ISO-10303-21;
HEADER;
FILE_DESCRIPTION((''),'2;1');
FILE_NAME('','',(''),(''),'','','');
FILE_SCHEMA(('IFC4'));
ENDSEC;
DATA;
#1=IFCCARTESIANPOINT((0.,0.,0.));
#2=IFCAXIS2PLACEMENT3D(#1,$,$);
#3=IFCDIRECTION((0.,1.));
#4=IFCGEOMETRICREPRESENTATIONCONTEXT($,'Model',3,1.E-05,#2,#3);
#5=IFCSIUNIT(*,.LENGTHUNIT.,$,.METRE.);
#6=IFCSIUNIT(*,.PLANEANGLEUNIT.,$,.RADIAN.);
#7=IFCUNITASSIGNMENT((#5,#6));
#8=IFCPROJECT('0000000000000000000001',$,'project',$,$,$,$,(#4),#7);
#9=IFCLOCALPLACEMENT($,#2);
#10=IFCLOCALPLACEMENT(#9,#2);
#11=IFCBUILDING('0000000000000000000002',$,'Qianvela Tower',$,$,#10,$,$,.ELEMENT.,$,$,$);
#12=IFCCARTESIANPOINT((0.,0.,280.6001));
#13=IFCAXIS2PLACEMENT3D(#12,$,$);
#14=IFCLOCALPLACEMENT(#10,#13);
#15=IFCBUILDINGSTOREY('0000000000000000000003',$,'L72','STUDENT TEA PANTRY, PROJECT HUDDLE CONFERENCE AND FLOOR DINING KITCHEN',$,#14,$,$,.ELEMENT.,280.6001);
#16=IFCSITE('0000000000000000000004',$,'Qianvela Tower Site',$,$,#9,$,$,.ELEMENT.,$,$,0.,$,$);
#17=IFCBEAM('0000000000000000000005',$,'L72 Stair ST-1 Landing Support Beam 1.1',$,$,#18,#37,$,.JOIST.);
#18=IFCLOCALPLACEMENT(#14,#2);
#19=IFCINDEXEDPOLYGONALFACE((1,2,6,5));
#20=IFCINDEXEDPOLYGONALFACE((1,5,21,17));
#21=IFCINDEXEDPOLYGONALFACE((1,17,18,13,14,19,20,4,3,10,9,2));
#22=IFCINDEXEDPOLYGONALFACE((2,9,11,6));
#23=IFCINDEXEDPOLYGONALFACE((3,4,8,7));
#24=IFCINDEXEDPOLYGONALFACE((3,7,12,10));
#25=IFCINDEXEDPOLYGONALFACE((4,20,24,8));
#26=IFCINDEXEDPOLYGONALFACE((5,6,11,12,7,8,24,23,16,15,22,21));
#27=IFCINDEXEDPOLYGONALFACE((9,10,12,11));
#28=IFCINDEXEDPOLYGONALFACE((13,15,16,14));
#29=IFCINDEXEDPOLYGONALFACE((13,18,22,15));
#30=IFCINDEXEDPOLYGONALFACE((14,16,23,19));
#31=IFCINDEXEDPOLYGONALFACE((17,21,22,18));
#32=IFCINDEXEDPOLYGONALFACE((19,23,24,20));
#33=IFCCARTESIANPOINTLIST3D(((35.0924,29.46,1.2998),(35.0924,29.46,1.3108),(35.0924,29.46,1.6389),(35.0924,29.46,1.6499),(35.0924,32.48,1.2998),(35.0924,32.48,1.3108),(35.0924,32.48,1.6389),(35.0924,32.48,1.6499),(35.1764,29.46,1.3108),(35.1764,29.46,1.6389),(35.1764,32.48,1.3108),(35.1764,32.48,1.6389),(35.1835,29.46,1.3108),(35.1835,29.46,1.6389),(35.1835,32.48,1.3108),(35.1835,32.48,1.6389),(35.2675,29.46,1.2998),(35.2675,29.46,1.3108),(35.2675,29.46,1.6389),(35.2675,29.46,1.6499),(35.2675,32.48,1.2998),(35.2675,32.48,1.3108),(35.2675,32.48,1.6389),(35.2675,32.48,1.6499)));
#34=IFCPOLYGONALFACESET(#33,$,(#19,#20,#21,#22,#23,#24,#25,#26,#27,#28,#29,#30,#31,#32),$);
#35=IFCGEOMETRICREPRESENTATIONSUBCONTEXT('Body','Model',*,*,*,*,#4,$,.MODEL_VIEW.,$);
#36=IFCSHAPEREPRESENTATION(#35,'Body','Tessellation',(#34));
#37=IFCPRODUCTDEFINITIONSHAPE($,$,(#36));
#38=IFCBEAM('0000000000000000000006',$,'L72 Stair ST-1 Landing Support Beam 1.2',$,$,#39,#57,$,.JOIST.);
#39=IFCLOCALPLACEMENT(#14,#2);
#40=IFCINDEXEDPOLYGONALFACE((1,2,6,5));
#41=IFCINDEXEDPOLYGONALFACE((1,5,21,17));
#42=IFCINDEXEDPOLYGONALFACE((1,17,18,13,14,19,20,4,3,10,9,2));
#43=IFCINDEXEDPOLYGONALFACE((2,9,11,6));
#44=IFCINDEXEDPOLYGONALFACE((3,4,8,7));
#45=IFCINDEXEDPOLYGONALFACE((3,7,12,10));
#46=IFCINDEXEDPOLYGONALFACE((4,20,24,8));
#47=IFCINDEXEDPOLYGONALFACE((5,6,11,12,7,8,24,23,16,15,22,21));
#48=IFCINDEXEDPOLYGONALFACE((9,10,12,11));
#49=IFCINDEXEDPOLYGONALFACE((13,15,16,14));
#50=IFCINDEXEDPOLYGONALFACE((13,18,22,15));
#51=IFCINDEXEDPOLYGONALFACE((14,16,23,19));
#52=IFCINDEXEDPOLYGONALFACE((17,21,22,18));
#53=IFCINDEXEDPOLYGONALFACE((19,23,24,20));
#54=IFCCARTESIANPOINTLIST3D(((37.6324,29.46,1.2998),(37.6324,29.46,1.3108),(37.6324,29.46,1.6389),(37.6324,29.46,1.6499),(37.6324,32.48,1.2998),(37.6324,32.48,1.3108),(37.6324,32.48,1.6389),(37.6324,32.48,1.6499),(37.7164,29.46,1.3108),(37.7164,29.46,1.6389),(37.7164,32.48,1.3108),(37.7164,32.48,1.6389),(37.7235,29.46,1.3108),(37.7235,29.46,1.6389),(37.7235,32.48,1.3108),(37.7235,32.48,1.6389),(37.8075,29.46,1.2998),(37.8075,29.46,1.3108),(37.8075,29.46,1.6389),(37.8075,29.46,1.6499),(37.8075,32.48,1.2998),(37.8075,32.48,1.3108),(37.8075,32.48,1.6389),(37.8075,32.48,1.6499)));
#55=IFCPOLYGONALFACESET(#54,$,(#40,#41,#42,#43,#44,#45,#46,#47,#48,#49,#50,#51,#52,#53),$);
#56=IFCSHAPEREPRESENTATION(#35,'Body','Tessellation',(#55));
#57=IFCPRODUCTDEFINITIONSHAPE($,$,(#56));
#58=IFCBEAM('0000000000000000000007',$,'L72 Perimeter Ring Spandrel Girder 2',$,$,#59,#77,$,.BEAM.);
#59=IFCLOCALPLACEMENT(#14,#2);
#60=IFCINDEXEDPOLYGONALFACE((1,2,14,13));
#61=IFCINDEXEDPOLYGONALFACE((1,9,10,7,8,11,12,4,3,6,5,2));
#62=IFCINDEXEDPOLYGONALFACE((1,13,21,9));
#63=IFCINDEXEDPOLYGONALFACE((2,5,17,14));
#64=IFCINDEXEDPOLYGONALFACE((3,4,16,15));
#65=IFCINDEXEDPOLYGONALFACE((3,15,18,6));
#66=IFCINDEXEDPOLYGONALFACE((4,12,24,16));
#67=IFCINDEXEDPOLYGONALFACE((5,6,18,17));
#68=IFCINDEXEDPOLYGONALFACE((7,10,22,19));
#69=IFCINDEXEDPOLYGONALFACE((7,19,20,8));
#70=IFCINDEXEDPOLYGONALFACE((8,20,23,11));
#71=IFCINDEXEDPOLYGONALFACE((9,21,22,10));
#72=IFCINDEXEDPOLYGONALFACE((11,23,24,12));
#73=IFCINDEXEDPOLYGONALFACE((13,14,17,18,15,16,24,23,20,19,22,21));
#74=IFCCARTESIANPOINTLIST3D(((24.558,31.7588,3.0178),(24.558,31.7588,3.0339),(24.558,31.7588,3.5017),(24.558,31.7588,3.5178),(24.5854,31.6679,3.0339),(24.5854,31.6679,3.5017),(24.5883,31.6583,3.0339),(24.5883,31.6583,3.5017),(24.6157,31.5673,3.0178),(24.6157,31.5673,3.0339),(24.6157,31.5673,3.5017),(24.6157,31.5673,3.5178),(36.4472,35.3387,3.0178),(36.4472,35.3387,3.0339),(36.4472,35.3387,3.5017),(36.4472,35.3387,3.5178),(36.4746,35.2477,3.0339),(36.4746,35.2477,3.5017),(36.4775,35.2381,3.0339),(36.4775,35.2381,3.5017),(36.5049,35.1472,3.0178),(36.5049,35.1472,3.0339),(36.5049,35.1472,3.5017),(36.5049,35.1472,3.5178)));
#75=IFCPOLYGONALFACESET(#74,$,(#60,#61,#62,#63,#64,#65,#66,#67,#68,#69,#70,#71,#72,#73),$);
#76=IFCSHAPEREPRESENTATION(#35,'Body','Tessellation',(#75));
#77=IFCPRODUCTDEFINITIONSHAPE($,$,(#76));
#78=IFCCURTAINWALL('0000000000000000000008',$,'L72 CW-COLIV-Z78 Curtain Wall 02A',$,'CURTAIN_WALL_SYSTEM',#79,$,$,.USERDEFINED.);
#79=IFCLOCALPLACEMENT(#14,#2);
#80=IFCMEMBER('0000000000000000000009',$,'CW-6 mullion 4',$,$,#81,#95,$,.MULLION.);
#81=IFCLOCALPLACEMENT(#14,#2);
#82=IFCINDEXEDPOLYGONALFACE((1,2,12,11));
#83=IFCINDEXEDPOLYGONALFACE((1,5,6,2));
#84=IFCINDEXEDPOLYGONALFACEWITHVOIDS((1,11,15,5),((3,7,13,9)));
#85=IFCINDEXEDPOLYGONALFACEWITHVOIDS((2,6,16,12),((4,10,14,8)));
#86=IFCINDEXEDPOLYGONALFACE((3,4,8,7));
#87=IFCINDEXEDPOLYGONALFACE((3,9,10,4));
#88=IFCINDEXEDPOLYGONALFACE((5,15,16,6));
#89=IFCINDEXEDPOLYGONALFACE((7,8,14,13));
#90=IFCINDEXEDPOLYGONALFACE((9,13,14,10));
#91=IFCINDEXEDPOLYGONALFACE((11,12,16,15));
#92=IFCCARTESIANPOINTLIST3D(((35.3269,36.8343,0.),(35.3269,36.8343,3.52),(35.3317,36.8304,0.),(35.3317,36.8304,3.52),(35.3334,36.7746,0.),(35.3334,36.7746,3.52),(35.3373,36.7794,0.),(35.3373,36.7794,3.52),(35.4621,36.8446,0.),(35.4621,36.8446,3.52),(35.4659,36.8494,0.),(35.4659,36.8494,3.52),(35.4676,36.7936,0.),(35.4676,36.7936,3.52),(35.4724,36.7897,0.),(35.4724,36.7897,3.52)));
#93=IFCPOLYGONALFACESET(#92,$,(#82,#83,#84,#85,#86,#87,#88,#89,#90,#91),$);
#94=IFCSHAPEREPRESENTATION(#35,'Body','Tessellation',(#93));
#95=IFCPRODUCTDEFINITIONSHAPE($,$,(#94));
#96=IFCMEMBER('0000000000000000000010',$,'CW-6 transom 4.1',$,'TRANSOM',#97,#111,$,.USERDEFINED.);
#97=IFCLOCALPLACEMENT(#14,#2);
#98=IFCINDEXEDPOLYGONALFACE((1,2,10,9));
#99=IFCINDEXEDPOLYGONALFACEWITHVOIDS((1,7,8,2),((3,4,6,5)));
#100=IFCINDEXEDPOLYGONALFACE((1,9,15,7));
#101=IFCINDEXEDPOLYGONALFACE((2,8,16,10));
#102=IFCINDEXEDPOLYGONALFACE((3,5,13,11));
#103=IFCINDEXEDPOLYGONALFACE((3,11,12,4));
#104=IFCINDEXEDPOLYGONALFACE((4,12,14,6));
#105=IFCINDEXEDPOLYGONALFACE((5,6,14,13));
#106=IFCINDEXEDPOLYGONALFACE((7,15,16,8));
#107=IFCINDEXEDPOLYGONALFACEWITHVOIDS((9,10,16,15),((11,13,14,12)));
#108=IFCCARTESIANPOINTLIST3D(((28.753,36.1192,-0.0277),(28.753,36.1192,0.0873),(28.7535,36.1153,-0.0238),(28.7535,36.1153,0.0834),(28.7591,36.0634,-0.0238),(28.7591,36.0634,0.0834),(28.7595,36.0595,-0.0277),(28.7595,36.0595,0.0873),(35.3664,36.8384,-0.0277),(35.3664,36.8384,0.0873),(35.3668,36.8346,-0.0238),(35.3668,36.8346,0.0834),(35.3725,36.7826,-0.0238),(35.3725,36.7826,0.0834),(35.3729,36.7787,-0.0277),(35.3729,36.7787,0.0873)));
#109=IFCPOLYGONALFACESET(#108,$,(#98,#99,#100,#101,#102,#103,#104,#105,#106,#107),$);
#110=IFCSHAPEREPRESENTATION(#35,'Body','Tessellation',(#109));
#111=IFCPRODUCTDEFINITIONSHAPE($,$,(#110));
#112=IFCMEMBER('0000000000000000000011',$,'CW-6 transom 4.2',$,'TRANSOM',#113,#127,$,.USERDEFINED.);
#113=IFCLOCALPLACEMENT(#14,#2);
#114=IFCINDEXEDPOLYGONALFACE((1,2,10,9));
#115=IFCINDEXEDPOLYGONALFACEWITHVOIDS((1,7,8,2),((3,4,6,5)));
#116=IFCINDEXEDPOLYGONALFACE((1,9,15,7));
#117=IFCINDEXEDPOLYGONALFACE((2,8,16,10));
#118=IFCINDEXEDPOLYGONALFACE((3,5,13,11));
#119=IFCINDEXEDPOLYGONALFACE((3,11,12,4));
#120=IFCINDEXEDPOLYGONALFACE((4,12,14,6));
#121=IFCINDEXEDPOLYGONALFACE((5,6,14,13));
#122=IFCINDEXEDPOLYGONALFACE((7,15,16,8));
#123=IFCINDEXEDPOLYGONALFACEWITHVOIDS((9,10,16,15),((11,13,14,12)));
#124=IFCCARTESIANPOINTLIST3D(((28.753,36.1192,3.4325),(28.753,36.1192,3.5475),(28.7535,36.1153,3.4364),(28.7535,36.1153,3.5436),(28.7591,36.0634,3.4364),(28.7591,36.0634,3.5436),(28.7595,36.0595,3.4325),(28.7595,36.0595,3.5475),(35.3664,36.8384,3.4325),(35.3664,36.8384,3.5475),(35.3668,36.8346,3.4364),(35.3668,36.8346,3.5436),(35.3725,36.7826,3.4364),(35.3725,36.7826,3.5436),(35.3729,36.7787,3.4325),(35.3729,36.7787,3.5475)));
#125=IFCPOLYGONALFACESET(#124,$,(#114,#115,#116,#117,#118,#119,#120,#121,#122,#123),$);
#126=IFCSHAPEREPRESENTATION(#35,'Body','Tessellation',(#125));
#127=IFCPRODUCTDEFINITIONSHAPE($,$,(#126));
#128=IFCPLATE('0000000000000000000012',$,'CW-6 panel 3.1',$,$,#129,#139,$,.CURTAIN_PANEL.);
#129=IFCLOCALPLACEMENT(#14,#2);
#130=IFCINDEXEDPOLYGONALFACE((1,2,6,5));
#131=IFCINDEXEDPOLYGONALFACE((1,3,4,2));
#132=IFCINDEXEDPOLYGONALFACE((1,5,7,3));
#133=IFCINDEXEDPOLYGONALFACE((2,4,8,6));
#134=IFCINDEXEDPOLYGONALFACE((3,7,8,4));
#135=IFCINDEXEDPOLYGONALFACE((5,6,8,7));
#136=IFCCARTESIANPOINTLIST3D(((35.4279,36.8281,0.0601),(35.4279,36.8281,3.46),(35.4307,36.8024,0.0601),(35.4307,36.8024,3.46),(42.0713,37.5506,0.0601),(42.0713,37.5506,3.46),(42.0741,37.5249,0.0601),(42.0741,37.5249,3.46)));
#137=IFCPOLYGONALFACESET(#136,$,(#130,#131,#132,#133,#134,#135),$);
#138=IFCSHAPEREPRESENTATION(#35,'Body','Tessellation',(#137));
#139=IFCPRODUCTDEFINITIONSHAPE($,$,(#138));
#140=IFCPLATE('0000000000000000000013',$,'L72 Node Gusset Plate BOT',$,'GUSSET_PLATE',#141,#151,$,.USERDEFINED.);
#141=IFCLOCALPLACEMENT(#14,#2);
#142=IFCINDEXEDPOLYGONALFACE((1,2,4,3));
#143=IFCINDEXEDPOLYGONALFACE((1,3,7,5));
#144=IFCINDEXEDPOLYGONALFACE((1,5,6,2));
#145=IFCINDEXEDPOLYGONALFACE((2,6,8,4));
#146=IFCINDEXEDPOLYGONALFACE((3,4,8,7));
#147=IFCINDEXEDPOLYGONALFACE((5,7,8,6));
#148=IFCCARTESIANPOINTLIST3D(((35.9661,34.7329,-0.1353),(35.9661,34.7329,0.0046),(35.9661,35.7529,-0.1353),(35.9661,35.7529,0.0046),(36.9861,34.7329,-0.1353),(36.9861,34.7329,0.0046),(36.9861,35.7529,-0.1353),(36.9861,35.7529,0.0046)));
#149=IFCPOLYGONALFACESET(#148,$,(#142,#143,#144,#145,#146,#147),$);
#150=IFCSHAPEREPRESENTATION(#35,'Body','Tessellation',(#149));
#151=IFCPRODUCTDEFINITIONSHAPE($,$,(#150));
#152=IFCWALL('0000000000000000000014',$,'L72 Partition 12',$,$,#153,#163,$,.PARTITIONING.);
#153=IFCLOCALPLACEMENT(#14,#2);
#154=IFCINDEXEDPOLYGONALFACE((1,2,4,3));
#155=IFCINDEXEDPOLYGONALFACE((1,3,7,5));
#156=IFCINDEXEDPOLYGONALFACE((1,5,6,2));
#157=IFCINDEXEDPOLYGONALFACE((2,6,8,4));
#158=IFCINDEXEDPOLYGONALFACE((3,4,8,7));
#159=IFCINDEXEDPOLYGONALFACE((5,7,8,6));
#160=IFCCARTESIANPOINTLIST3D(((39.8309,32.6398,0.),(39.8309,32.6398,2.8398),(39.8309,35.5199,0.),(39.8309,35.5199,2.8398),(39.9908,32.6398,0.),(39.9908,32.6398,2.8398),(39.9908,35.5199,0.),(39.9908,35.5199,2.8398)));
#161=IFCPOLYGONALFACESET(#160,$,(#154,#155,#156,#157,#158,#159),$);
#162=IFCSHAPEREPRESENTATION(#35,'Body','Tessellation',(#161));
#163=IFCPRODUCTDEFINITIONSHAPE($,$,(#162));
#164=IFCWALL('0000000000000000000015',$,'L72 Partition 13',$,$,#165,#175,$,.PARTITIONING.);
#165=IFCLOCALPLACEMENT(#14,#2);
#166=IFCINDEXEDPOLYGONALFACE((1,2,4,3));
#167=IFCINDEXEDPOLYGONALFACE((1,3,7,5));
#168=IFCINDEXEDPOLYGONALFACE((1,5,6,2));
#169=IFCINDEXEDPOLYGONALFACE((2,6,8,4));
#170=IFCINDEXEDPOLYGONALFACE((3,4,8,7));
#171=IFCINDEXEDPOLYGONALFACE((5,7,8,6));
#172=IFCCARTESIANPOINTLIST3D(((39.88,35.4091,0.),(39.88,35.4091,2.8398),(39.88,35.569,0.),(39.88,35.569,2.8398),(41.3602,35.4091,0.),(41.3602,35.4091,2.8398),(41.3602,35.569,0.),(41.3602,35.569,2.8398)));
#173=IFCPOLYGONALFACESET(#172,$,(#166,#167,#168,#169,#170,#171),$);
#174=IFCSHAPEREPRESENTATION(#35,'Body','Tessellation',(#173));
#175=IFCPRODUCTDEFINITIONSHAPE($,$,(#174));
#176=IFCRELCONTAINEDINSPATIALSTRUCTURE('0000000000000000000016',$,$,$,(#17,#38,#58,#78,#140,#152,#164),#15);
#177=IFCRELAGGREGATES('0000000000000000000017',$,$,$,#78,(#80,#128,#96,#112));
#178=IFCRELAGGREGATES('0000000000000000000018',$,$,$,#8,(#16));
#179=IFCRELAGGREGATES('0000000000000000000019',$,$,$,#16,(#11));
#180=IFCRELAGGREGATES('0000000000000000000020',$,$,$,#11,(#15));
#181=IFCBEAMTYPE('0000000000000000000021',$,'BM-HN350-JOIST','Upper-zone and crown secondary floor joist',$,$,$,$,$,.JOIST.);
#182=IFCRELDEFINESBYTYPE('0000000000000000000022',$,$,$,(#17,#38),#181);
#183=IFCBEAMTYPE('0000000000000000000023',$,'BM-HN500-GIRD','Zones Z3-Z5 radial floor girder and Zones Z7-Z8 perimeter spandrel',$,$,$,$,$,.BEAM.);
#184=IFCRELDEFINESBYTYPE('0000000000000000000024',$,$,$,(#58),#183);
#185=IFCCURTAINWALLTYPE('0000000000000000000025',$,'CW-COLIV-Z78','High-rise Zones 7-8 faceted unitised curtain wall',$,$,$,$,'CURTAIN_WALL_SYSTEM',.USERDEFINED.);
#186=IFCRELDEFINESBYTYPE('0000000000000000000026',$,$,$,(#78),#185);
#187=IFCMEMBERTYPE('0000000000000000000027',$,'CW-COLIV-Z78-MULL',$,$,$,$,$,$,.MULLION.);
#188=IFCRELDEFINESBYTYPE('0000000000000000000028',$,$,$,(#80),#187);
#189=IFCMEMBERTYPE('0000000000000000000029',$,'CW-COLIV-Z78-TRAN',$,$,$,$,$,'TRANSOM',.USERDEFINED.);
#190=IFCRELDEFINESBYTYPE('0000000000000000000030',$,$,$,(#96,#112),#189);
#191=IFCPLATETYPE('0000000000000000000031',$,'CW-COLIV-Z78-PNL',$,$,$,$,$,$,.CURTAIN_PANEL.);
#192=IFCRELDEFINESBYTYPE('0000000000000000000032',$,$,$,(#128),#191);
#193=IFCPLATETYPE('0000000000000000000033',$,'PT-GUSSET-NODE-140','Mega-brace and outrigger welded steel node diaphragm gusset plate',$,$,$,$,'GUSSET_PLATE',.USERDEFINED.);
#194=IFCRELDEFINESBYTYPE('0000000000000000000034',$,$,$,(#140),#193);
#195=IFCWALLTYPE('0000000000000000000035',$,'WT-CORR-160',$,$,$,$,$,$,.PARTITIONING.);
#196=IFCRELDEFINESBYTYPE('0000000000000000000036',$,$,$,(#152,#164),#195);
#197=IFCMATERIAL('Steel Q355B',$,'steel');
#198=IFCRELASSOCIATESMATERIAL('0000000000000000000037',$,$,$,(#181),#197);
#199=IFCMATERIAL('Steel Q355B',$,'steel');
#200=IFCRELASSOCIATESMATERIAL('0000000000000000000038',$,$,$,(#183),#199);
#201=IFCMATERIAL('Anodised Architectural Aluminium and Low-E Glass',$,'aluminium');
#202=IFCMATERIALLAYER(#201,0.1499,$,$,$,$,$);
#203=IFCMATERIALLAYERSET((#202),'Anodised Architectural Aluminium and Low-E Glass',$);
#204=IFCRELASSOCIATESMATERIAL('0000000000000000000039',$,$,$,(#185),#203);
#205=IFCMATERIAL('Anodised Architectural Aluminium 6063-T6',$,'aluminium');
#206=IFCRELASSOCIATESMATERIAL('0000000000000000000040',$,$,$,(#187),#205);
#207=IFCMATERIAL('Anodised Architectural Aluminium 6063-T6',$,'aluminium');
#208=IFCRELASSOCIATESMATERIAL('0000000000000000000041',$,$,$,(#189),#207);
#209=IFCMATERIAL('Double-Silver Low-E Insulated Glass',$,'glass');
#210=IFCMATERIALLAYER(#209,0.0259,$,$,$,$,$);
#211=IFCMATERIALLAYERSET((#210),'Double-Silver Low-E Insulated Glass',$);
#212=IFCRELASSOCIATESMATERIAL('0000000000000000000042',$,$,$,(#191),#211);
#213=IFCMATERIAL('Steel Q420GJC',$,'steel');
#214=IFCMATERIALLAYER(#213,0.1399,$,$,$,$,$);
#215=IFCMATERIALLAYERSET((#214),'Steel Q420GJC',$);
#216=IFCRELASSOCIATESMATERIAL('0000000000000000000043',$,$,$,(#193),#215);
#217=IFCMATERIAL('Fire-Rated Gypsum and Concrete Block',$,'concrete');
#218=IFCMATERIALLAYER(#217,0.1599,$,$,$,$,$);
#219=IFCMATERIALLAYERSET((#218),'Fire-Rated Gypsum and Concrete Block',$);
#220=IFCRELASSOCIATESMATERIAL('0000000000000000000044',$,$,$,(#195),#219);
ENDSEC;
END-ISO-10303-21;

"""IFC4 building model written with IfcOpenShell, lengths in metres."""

from ifc_helpers import new_model, si_unit, direction, frame, frame_2d, origin, origin_2d, place, context, subcontext, project, spatial, rectangle, hollow_rectangle, i_section, extrude, material, layer, layer_set, material_profile, profile_set, type_object, element, aggregate, save


model = new_model("IFC4")

# Units and contexts
model_context = context("Model", 3, precision=1e-05, world=origin(), true_north=direction((0.0, 1.0)))
body_context = subcontext(model_context, "Body", "Model", "MODEL_VIEW")
ifc_project = project(units=[si_unit("LENGTHUNIT", "METRE"), si_unit("PLANEANGLEUNIT", "RADIAN")], contexts=[model_context])

# Site, building, storey
site_placement = place(None, origin())
site = spatial("IfcSite", under=ifc_project, at=site_placement, Name="Qianvela Tower Site", CompositionType="ELEMENT", RefElevation=0.0)
building_placement = place(site_placement, origin())
building = spatial("IfcBuilding", under=site, at=building_placement, Name="Qianvela Tower", CompositionType="ELEMENT")
storey_placement = place(building_placement, frame((0.0, 0.0, 280.6001)))
storey = spatial("IfcBuildingStorey", under=building, at=storey_placement, Name="L72", Description="STUDENT TEA PANTRY, PROJECT HUDDLE CONFERENCE AND FLOOR DINING KITCHEN", CompositionType="ELEMENT", Elevation=280.6001)

# Beams
ifc_material_1 = material(Name="Steel Q355B", Category="steel")
ifc_material_profile_1 = material_profile(ifc_material_1, i_section(OverallWidth=0.175, OverallDepth=0.3501, WebThickness=0.0071, FlangeThickness=0.011, at=origin_2d()), Name="HN350x175x7x11")
ifc_profile_set_1 = profile_set([ifc_material_profile_1], Name="Steel Q355B")
beam_type_1 = type_object("IfcBeamType", Name="BM-HN350-JOIST", Description="Upper-zone and crown secondary floor joist", PredefinedType="JOIST", material=ifc_profile_set_1)
for number, where, z_axis, x_axis, name in (
    (1, (35.1799, 29.46, 1.4749), (0.0, 1.0, 0.0), (-1.0, 0.0, 0.0), "L72 Stair ST-1 Landing Support Beam 1.1"),
    (2, (37.72, 29.46, 1.4749), (0.0, 1.0, 0.0), (-1.0, 0.0, 0.0), "L72 Stair ST-1 Landing Support Beam 1.2"),
):
    element("IfcBeam", number, at=place(storey_placement, frame(where, z_axis=z_axis, x_axis=x_axis)), inside=storey, type_object=beam_type_1, Name=name, PredefinedType="JOIST", context=body_context, shape_type="SweptSolid", body=[
        extrude(i_section(OverallWidth=0.175, OverallDepth=0.3501, WebThickness=0.0071, FlangeThickness=0.011, at=origin_2d()), origin(), (0.0, 0.0, 1.0), 3.02),
    ])
ifc_material_2 = material(Name="Steel Q355B", Category="steel")
ifc_material_profile_2 = material_profile(ifc_material_2, i_section(OverallWidth=0.2, OverallDepth=0.5, WebThickness=0.01, FlangeThickness=0.0161, at=origin_2d()), Name="HN500x200x10x16")
ifc_profile_set_2 = profile_set([ifc_material_profile_2], Name="Steel Q355B")
beam_type_2 = type_object("IfcBeamType", Name="BM-HN500-GIRD", Description="Zones Z3-Z5 radial floor girder and Zones Z7-Z8 perimeter spandrel", PredefinedType="BEAM", material=ifc_profile_set_2)
beam_1_placement = place(storey_placement, frame((36.4761, 35.2429, 3.2678), z_axis=(-0.957536, -0.288315, 0.0), x_axis=(0.288315, -0.957536, 0.0)))
element("IfcBeam", 3, at=beam_1_placement, inside=storey, type_object=beam_type_2, Name="L72 Perimeter Ring Spandrel Girder 2", PredefinedType="BEAM", context=body_context, shape_type="SweptSolid", body=[
    extrude(i_section(OverallWidth=0.2, OverallDepth=0.5, WebThickness=0.01, FlangeThickness=0.0161, at=origin_2d()), origin(), (0.0, 0.0, 1.0), 12.4165),
])

# Curtain wall, members, plate
ifc_material_3 = material(Name="Anodised Architectural Aluminium and Low-E Glass", Category="aluminium")
ifc_layer_1 = layer(ifc_material_3, 0.1499)
ifc_layer_set_1 = layer_set([ifc_layer_1], Name="Anodised Architectural Aluminium and Low-E Glass")
curtain_wall_type = type_object("IfcCurtainWallType", Name="CW-COLIV-Z78", Description="High-rise Zones 7-8 faceted unitised curtain wall", ElementType="CURTAIN_WALL_SYSTEM", PredefinedType="USERDEFINED", material=ifc_layer_set_1)
curtain_wall_placement = place(storey_placement, origin())
curtain_wall = element("IfcCurtainWall", 4, at=curtain_wall_placement, inside=storey, type_object=curtain_wall_type, Name="L72 CW-COLIV-Z78 Curtain Wall 02A", ObjectType="CURTAIN_WALL_SYSTEM", PredefinedType="USERDEFINED")
ifc_material_4 = material(Name="Anodised Architectural Aluminium 6063-T6", Category="aluminium")
ifc_material_profile_3 = material_profile(ifc_material_4, hollow_rectangle(XDim=0.0601, YDim=0.1399, WallThickness=0.0044, at=origin_2d()), Name="ALU-MULL-60x140")
ifc_profile_set_3 = profile_set([ifc_material_profile_3], Name="Anodised Architectural Aluminium 6063-T6")
member_type_1 = type_object("IfcMemberType", Name="CW-COLIV-Z78-MULL", PredefinedType="MULLION", material=ifc_profile_set_3)
member_1_placement = place(storey_placement, frame((35.3997, 36.812, 0.0), z_axis=(0.0, 0.0, 1.0), x_axis=(0.10812, -0.994138, 0.0)))
member_1 = element("IfcMember", 5, at=member_1_placement, type_object=member_type_1, Name="CW-6 mullion 4", PredefinedType="MULLION", context=body_context, shape_type="SweptSolid", body=[
    extrude(hollow_rectangle(XDim=0.0601, YDim=0.1399, WallThickness=0.0044, at=origin_2d()), origin(), (0.0, 0.0, 1.0), 3.52),
])
ifc_material_5 = material(Name="Anodised Architectural Aluminium 6063-T6", Category="aluminium")
ifc_material_profile_4 = material_profile(ifc_material_5, hollow_rectangle(XDim=0.0601, YDim=0.115, WallThickness=0.0039, at=origin_2d()), Name="ALU-TRAN-60x115")
ifc_profile_set_4 = profile_set([ifc_material_profile_4], Name="Anodised Architectural Aluminium 6063-T6")
member_type_2 = type_object("IfcMemberType", Name="CW-COLIV-Z78-TRAN", ElementType="TRANSOM", PredefinedType="USERDEFINED", material=ifc_profile_set_4)
member_2_placement = place(storey_placement, frame((35.3696, 36.8086, 0.0298), z_axis=(-0.994138, -0.108119, 0.0), x_axis=(0.108119, -0.994138, 0.0)))
member_2 = element("IfcMember", 6, at=member_2_placement, type_object=member_type_2, Name="CW-6 transom 4.1", ObjectType="TRANSOM", PredefinedType="USERDEFINED", context=body_context, shape_type="SweptSolid", body=[
    extrude(hollow_rectangle(XDim=0.0601, YDim=0.115, WallThickness=0.0039, at=origin_2d()), origin(), (0.0, 0.0, 1.0), 6.6523),
])
member_3_placement = place(storey_placement, frame((35.3696, 36.8086, 3.49), z_axis=(-0.994138, -0.108119, 0.0), x_axis=(0.108119, -0.994138, 0.0)))
member_3 = element("IfcMember", 7, at=member_3_placement, type_object=member_type_2, Name="CW-6 transom 4.2", ObjectType="TRANSOM", PredefinedType="USERDEFINED", context=body_context, shape_type="SweptSolid", body=[
    extrude(hollow_rectangle(XDim=0.0601, YDim=0.115, WallThickness=0.0039, at=origin_2d()), origin(), (0.0, 0.0, 1.0), 6.6523),
])
ifc_material_6 = material(Name="Double-Silver Low-E Insulated Glass", Category="glass")
ifc_layer_2 = layer(ifc_material_6, 0.0259)
ifc_layer_set_2 = layer_set([ifc_layer_2], Name="Double-Silver Low-E Insulated Glass")
plate_type_1 = type_object("IfcPlateType", Name="CW-COLIV-Z78-PNL", PredefinedType="CURTAIN_PANEL", material=ifc_layer_set_2)
plate_1_placement = place(storey_placement, frame((38.751, 37.1765, 0.0601), z_axis=(0.0, 0.0, 1.0), x_axis=(-0.994138, -0.10812, 0.0)))
plate_1 = element("IfcPlate", 8, at=plate_1_placement, type_object=plate_type_1, Name="CW-6 panel 3.1", PredefinedType="CURTAIN_PANEL", context=body_context, shape_type="SweptSolid", body=[
    extrude(rectangle(XDim=6.6826, YDim=0.0259, at=origin_2d()), origin(), (0.0, 0.0, 1.0), 3.3999),
])
aggregate(curtain_wall, [member_1, plate_1, member_2, member_3])

# Plate
ifc_material_7 = material(Name="Steel Q420GJC", Category="steel")
ifc_layer_3 = layer(ifc_material_7, 0.1399)
ifc_layer_set_3 = layer_set([ifc_layer_3], Name="Steel Q420GJC")
plate_type_2 = type_object("IfcPlateType", Name="PT-GUSSET-NODE-140", Description="Mega-brace and outrigger welded steel node diaphragm gusset plate", ElementType="GUSSET_PLATE", PredefinedType="USERDEFINED", material=ifc_layer_set_3)
plate_2_placement = place(storey_placement, frame((36.4761, 35.2429, -0.1353), z_axis=(0.0, 0.0, 1.0), x_axis=(1.0, 0.0, 0.0)))
element("IfcPlate", 9, at=plate_2_placement, inside=storey, type_object=plate_type_2, Name="L72 Node Gusset Plate BOT", ObjectType="GUSSET_PLATE", PredefinedType="USERDEFINED", context=body_context, shape_type="SweptSolid", body=[
    extrude(rectangle(XDim=1.02, YDim=1.02, at=origin_2d()), origin(), (0.0, 0.0, 1.0), 0.1399),
])

# Walls
ifc_material_8 = material(Name="Fire-Rated Gypsum and Concrete Block", Category="concrete")
ifc_layer_4 = layer(ifc_material_8, 0.1599)
ifc_layer_set_4 = layer_set([ifc_layer_4], Name="Fire-Rated Gypsum and Concrete Block")
wall_type_1 = type_object("IfcWallType", Name="WT-CORR-160", PredefinedType="PARTITIONING", material=ifc_layer_set_4)
wall_1_placement = place(storey_placement, frame((39.9109, 32.6399, 0.0), z_axis=(0.0, 0.0, 1.0), x_axis=(0.0, 1.0, 0.0)))
element("IfcWall", 10, at=wall_1_placement, inside=storey, type_object=wall_type_1, Name="L72 Partition 12", PredefinedType="PARTITIONING", context=body_context, shape_type="SweptSolid", body=[
    extrude(rectangle(XDim=2.8801, YDim=0.1599, at=frame_2d((1.4399, 0.0))), origin(), (0.0, 0.0, 1.0), 2.8398),
])
wall_2_placement = place(storey_placement, frame((39.8799, 35.489, 0.0), z_axis=(0.0, 0.0, 1.0), x_axis=(1.0, 0.0, 0.0)))
element("IfcWall", 11, at=wall_2_placement, inside=storey, type_object=wall_type_1, Name="L72 Partition 13", PredefinedType="PARTITIONING", context=body_context, shape_type="SweptSolid", body=[
    extrude(rectangle(XDim=1.4802, YDim=0.1599, at=frame_2d((0.7402, 0.0))), origin(), (0.0, 0.0, 1.0), 2.8398),
])

save(model, "model.ifc")
